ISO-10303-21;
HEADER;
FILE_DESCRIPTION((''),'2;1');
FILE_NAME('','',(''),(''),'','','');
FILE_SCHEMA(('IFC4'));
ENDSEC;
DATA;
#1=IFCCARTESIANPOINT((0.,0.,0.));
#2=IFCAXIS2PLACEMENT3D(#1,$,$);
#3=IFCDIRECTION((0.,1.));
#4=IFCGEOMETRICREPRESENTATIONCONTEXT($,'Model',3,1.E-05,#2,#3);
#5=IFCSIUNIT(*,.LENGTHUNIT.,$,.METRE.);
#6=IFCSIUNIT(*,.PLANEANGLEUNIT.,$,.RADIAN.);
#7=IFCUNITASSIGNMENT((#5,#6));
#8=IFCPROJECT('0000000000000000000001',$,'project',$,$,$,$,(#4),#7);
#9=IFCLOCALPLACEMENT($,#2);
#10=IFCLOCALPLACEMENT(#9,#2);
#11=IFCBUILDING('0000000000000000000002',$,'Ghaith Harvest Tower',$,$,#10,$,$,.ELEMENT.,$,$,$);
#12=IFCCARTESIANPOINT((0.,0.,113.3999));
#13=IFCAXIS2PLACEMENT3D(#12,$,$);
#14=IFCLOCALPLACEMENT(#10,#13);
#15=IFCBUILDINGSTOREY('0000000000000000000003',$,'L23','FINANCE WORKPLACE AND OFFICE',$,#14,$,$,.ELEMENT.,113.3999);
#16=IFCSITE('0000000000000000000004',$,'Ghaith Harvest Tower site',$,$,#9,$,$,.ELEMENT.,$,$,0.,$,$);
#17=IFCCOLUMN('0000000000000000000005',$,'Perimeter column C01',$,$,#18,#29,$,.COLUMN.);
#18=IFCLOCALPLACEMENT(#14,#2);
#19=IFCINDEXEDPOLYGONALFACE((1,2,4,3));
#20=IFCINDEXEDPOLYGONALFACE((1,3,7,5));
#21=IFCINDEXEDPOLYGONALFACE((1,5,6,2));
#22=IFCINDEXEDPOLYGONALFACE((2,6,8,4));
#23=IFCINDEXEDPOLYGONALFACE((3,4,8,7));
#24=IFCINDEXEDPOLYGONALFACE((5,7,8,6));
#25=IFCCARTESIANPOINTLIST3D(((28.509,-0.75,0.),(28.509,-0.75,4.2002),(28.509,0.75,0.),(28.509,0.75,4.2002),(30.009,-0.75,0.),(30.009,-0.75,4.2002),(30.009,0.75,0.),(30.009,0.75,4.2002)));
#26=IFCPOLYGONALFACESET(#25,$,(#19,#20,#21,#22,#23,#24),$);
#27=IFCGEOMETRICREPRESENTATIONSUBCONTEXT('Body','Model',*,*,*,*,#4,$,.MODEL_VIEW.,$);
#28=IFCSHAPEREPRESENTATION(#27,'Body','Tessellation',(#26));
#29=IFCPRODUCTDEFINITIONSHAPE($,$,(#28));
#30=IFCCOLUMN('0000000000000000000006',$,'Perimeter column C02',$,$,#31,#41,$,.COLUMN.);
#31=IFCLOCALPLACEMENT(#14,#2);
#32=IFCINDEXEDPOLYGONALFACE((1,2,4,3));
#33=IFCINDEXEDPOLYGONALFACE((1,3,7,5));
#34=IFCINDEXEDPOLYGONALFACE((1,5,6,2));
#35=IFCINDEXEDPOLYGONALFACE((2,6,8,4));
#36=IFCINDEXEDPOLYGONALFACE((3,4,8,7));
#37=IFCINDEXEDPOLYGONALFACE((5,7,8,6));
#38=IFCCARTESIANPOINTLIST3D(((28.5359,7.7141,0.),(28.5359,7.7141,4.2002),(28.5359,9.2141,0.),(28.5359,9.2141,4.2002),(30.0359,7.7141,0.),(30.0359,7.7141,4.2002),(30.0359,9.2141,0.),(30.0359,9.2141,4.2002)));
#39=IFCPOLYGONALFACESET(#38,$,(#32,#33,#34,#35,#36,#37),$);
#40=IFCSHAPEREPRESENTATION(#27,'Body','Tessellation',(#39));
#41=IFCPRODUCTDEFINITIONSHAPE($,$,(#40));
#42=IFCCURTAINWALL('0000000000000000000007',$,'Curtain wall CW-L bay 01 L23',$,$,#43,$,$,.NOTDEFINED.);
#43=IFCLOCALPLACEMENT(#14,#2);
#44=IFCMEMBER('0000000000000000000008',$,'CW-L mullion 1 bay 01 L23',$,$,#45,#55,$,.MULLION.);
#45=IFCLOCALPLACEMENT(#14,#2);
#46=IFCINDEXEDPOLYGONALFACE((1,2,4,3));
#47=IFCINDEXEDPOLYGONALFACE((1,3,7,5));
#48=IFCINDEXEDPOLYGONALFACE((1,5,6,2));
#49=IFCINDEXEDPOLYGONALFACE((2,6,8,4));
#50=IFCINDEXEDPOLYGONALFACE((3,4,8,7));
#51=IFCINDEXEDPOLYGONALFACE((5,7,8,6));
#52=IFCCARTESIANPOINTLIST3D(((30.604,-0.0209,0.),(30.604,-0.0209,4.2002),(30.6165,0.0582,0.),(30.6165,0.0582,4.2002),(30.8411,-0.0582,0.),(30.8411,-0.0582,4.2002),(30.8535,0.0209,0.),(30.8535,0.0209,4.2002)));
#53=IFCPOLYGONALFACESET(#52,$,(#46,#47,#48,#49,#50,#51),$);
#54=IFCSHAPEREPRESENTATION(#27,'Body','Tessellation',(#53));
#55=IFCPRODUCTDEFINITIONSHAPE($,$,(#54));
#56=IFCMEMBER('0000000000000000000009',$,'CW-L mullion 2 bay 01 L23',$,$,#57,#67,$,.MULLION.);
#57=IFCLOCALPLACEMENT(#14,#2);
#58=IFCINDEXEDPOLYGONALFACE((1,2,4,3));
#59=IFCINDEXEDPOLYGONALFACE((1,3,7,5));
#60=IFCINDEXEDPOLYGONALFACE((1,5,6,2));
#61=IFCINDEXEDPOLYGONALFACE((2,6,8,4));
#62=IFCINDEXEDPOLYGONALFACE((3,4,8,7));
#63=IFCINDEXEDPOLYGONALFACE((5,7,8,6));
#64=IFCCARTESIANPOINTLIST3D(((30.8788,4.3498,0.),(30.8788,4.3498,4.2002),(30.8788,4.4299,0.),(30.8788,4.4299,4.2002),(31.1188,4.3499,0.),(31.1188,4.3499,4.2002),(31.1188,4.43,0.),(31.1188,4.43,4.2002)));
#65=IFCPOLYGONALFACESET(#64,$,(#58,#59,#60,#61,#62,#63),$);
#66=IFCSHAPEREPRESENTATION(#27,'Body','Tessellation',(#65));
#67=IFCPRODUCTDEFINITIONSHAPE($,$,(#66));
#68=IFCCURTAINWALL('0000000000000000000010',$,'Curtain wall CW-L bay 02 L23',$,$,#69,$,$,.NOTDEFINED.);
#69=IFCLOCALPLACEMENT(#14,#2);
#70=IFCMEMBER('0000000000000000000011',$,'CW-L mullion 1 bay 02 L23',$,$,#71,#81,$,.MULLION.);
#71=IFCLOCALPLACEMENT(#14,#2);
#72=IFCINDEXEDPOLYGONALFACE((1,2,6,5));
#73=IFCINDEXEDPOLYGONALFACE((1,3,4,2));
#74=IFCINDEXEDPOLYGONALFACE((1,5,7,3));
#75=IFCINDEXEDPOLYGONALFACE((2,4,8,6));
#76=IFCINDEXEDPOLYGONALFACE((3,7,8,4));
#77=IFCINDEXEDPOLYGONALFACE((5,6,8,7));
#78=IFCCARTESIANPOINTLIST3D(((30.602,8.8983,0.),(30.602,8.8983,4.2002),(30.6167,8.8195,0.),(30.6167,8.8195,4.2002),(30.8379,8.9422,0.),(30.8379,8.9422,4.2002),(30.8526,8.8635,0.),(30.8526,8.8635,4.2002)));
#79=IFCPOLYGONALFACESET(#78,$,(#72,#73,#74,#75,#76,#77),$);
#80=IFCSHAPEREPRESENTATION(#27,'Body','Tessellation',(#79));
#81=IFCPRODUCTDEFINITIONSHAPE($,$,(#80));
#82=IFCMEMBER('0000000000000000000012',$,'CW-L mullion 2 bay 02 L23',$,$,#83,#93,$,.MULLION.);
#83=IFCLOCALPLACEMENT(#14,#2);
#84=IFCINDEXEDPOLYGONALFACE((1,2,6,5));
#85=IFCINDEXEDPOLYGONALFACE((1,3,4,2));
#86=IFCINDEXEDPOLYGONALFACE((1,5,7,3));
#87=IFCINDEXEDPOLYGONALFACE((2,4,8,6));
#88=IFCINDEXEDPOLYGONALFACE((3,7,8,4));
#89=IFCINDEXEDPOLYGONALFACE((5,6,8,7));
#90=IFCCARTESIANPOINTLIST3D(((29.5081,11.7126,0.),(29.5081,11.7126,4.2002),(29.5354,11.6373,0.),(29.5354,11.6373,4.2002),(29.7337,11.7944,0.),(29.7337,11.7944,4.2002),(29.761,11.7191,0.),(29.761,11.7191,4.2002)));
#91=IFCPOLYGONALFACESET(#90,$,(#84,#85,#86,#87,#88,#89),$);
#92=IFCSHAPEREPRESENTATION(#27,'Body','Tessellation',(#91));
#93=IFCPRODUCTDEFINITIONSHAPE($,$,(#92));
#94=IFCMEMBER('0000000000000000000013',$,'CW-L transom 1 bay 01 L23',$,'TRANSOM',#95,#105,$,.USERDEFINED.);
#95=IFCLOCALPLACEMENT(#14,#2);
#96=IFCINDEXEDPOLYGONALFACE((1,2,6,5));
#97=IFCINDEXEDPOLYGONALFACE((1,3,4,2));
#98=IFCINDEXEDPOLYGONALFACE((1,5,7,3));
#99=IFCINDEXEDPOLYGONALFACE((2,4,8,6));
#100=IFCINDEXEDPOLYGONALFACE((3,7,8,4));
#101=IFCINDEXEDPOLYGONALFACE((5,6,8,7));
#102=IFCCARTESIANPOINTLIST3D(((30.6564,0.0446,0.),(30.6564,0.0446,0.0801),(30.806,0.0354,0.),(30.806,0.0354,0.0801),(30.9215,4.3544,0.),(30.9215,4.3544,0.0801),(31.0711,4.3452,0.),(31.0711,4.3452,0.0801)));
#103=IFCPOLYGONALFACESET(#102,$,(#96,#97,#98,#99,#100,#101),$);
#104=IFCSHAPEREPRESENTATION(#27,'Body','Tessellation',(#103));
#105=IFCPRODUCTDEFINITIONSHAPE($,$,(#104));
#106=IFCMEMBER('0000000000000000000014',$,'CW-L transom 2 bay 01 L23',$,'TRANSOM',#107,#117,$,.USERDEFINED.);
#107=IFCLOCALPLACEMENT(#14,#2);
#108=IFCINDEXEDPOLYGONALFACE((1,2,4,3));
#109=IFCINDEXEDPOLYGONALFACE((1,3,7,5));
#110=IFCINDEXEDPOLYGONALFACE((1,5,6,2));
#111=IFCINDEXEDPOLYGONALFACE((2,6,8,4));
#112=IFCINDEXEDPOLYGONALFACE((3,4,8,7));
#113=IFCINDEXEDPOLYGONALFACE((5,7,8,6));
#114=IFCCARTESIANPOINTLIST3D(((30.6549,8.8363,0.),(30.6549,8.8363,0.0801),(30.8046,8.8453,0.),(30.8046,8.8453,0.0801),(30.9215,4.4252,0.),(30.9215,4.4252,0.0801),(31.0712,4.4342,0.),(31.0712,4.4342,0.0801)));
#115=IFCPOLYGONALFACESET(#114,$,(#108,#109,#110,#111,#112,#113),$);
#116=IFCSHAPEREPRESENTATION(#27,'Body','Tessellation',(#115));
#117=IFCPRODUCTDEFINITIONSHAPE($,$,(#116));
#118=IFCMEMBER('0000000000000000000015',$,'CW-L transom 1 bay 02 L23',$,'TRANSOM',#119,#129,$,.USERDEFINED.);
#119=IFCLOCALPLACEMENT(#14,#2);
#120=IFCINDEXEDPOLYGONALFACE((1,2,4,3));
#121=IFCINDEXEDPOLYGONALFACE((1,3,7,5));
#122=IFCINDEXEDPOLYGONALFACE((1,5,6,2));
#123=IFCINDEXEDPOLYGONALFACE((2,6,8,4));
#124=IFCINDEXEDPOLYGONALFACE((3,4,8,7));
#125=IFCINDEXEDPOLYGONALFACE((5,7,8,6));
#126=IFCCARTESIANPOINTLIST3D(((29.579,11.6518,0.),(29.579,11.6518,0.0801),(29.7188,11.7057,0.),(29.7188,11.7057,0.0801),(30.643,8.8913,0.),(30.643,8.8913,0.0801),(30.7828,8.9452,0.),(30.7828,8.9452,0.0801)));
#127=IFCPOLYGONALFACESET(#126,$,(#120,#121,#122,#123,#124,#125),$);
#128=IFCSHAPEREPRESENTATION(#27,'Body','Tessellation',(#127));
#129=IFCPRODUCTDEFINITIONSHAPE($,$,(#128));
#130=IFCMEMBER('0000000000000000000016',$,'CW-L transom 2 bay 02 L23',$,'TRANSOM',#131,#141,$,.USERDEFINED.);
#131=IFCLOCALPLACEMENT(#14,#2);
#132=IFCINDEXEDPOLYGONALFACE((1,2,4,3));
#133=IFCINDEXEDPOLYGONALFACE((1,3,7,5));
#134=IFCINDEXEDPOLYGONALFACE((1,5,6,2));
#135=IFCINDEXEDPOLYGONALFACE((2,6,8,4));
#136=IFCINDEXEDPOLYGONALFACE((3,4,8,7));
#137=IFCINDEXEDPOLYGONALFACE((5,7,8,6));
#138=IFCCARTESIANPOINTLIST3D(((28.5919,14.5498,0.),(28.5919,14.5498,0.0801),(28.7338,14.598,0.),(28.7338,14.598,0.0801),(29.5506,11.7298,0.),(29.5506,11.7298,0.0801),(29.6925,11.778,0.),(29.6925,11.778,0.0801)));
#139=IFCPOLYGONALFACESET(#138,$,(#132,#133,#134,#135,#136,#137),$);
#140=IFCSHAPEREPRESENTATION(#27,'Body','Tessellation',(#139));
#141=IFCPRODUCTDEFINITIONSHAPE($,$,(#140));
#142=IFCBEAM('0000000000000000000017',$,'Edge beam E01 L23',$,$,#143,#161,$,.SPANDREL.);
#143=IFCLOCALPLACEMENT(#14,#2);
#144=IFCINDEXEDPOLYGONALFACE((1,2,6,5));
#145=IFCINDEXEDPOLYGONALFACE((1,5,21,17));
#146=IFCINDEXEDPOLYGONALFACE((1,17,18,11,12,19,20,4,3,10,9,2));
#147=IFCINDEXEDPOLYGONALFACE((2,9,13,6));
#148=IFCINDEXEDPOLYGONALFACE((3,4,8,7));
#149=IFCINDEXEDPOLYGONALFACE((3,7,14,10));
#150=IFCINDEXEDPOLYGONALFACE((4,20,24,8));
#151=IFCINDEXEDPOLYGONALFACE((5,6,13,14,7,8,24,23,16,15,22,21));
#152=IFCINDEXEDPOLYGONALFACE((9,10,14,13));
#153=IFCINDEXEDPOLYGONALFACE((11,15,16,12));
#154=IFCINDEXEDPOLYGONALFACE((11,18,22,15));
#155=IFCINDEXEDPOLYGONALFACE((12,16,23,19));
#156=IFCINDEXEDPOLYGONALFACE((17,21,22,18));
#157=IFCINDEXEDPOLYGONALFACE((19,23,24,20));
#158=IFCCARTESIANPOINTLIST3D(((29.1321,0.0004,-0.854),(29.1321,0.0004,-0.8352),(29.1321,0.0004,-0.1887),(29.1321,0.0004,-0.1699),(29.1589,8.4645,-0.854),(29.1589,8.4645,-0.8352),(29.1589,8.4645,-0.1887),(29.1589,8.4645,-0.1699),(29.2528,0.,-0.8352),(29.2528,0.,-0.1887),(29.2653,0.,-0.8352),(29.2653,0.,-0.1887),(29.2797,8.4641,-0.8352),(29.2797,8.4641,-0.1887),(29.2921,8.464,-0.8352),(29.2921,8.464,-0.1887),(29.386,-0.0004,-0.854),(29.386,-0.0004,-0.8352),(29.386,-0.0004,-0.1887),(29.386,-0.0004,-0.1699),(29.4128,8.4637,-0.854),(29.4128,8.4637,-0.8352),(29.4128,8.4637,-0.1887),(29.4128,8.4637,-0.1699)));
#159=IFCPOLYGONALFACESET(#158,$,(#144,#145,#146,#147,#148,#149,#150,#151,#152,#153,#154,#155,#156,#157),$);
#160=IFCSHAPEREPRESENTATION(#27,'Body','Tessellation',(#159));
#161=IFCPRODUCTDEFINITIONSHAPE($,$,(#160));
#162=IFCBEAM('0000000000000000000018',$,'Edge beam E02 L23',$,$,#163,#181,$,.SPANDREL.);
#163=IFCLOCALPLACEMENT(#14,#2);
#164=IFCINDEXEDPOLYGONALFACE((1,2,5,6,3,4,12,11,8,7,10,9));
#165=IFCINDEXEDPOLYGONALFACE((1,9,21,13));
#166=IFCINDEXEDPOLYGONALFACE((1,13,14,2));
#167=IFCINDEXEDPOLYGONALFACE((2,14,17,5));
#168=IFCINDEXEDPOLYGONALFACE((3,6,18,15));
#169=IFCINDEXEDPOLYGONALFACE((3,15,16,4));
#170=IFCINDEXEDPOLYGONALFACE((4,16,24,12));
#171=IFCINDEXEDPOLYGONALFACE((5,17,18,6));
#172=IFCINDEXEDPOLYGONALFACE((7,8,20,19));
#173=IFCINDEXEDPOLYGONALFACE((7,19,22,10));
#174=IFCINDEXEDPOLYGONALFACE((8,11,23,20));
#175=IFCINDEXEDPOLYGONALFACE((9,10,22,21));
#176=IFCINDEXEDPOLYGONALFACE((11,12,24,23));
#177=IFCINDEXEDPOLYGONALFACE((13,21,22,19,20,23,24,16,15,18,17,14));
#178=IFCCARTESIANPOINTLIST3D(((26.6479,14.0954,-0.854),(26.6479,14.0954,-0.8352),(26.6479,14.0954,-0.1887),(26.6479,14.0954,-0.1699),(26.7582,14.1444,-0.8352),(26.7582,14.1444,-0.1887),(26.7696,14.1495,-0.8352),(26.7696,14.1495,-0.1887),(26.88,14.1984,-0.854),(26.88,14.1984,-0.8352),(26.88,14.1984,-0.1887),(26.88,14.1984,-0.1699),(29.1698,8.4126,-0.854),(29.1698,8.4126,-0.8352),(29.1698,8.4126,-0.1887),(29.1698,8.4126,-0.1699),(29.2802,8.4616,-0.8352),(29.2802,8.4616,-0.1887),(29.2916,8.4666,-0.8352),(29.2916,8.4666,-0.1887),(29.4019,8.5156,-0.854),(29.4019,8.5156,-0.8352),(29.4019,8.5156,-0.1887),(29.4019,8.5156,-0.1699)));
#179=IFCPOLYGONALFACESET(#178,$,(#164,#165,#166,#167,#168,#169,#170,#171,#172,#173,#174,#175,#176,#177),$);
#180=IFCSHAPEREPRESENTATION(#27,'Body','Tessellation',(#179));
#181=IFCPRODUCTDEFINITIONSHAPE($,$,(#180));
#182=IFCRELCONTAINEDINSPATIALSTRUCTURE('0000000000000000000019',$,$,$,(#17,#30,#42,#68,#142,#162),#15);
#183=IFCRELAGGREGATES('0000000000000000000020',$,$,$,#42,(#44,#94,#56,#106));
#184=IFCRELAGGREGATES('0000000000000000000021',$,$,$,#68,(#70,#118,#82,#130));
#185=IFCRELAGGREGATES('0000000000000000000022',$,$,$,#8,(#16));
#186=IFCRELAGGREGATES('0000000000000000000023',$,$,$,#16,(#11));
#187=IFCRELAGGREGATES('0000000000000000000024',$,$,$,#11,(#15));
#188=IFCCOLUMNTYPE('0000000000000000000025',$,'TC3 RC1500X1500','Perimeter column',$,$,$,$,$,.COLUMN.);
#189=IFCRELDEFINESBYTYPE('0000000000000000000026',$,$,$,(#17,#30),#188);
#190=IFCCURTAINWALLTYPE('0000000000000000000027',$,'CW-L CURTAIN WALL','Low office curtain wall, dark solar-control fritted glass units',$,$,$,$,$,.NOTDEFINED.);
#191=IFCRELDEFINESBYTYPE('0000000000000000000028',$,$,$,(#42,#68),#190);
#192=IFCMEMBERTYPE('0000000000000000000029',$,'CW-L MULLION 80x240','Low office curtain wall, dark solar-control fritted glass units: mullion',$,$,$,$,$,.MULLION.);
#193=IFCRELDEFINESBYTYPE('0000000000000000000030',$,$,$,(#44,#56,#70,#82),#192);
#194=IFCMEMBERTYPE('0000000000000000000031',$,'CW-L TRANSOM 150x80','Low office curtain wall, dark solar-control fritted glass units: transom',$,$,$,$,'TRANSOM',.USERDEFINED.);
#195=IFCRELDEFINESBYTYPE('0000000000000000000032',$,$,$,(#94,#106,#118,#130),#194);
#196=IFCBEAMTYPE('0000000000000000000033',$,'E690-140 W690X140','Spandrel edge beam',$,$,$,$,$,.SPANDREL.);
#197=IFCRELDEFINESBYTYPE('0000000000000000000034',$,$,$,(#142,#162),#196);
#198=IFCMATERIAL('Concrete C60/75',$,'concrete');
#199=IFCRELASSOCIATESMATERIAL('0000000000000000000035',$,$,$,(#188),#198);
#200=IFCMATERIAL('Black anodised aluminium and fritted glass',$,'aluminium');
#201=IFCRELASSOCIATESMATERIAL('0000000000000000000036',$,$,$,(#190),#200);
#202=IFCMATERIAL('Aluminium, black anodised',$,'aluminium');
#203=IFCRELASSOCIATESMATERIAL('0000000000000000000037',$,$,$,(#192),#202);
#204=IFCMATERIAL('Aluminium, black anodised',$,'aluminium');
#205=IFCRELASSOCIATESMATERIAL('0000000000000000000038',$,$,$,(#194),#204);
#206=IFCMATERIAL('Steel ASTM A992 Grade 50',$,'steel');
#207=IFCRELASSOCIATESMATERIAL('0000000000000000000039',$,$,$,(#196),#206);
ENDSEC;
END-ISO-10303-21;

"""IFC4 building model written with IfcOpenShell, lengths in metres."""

from ifc_helpers import new_model, si_unit, direction, frame, origin, origin_2d, place, context, subcontext, project, spatial, rectangle, i_section, extrude, material, material_profile, profile_set, type_object, element, aggregate, save


model = new_model("IFC4")

# Units and contexts
model_context = context("Model", 3, precision=1e-05, world=origin(), true_north=direction((0.0, 1.0)))
body_context = subcontext(model_context, "Body", "Model", "MODEL_VIEW")
ifc_project = project(units=[si_unit("LENGTHUNIT", "METRE"), si_unit("PLANEANGLEUNIT", "RADIAN")], contexts=[model_context])

# Site, building, storey
site_placement = place(None, origin())
site = spatial("IfcSite", under=ifc_project, at=site_placement, Name="Ghaith Harvest Tower site", CompositionType="ELEMENT", RefElevation=0.0)
building_placement = place(site_placement, origin())
building = spatial("IfcBuilding", under=site, at=building_placement, Name="Ghaith Harvest Tower", CompositionType="ELEMENT")
storey_placement = place(building_placement, frame((0.0, 0.0, 113.3999)))
storey = spatial("IfcBuildingStorey", under=building, at=storey_placement, Name="L23", Description="FINANCE WORKPLACE AND OFFICE", CompositionType="ELEMENT", Elevation=113.3999)

# Columns
ifc_material_1 = material(Name="Concrete C60/75", Category="concrete")
ifc_material_profile_1 = material_profile(ifc_material_1, rectangle(XDim=1.5, YDim=1.5, at=origin_2d()), Name="RC1500X1500")
ifc_profile_set_1 = profile_set([ifc_material_profile_1], Name="Concrete C60/75")
column_type = type_object("IfcColumnType", Name="TC3 RC1500X1500", Description="Perimeter column", PredefinedType="COLUMN", material=ifc_profile_set_1)
for number, where, z_axis, x_axis, name in (
    (1, (29.259, 0.0, 0.0), (0.0, 0.0, 1.0), (1.0, 0.0, 0.0), "Perimeter column C01"),
    (2, (29.2859, 8.4641, 0.0), (0.0, 0.0, 1.0), (1.0, 0.0, 0.0), "Perimeter column C02"),
):
    element("IfcColumn", number, at=place(storey_placement, frame(where, z_axis=z_axis, x_axis=x_axis)), inside=storey, type_object=column_type, Name=name, PredefinedType="COLUMN", context=body_context, shape_type="SweptSolid", body=[
        extrude(rectangle(XDim=1.5, YDim=1.5, at=origin_2d()), origin(), (0.0, 0.0, 1.0), 4.2002),
    ])

# Curtain walls, members
ifc_material_2 = material(Name="Black anodised aluminium and fritted glass", Category="aluminium")
curtain_wall_type = type_object("IfcCurtainWallType", Name="CW-L CURTAIN WALL", Description="Low office curtain wall, dark solar-control fritted glass units", PredefinedType="NOTDEFINED", material=ifc_material_2)
curtain_wall_1_placement = place(storey_placement, origin())
curtain_wall_1 = element("IfcCurtainWall", 3, at=curtain_wall_1_placement, inside=storey, type_object=curtain_wall_type, Name="Curtain wall CW-L bay 01 L23", PredefinedType="NOTDEFINED")
ifc_material_3 = material(Name="Aluminium, black anodised", Category="aluminium")
ifc_material_profile_2 = material_profile(ifc_material_3, rectangle(XDim=0.0801, YDim=0.24, at=origin_2d()), Name="CW-L MULLION 80x240")
ifc_profile_set_2 = profile_set([ifc_material_profile_2], Name="Aluminium, black anodised")
member_type_1 = type_object("IfcMemberType", Name="CW-L MULLION 80x240", Description="Low office curtain wall, dark solar-control fritted glass units: mullion", PredefinedType="MULLION", material=ifc_profile_set_2)
member_1_placement = place(storey_placement, frame((30.7288, 0.0, 0.0), z_axis=(0.0, 0.0, 1.0), x_axis=(0.155597, 0.987821, 0.0)))
member_1 = element("IfcMember", 4, at=member_1_placement, type_object=member_type_1, Name="CW-L mullion 1 bay 01 L23", PredefinedType="MULLION", context=body_context, shape_type="SweptSolid", body=[
    extrude(rectangle(XDim=0.0801, YDim=0.24, at=origin_2d()), origin(), (0.0, 0.0, 1.0), 4.2002),
])
member_2_placement = place(storey_placement, frame((30.9988, 4.3899, 0.0), z_axis=(0.0, 0.0, 1.0), x_axis=(-0.000162, 1.0, 0.0)))
member_2 = element("IfcMember", 5, at=member_2_placement, type_object=member_type_1, Name="CW-L mullion 2 bay 01 L23", PredefinedType="MULLION", context=body_context, shape_type="SweptSolid", body=[
    extrude(rectangle(XDim=0.0801, YDim=0.24, at=origin_2d()), origin(), (0.0, 0.0, 1.0), 4.2002),
])
curtain_wall_2_placement = place(storey_placement, origin())
curtain_wall_2 = element("IfcCurtainWall", 6, at=curtain_wall_2_placement, inside=storey, type_object=curtain_wall_type, Name="Curtain wall CW-L bay 02 L23", PredefinedType="NOTDEFINED")
member_3_placement = place(storey_placement, frame((30.7273, 8.8809, 0.0), z_axis=(0.0, 0.0, 1.0), x_axis=(-0.18307, 0.9831, 0.0)))
member_3 = element("IfcMember", 7, at=member_3_placement, type_object=member_type_1, Name="CW-L mullion 1 bay 02 L23", PredefinedType="MULLION", context=body_context, shape_type="SweptSolid", body=[
    extrude(rectangle(XDim=0.0801, YDim=0.24, at=origin_2d()), origin(), (0.0, 0.0, 1.0), 4.2002),
])
member_4_placement = place(storey_placement, frame((29.6345, 11.7158, 0.0), z_axis=(0.0, 0.0, 1.0), x_axis=(-0.340771, 0.940146, 0.0)))
member_4 = element("IfcMember", 8, at=member_4_placement, type_object=member_type_1, Name="CW-L mullion 2 bay 02 L23", PredefinedType="MULLION", context=body_context, shape_type="SweptSolid", body=[
    extrude(rectangle(XDim=0.0801, YDim=0.24, at=origin_2d()), origin(), (0.0, 0.0, 1.0), 4.2002),
])

# Members
ifc_material_4 = material(Name="Aluminium, black anodised", Category="aluminium")
ifc_material_profile_3 = material_profile(ifc_material_4, rectangle(XDim=0.1499, YDim=0.0801, at=origin_2d()), Name="CW-L TRANSOM 150x80")
ifc_profile_set_3 = profile_set([ifc_material_profile_3], Name="Aluminium, black anodised")
member_type_2 = type_object("IfcMemberType", Name="CW-L TRANSOM 150x80", Description="Low office curtain wall, dark solar-control fritted glass units: transom", ElementType="TRANSOM", PredefinedType="USERDEFINED", material=ifc_profile_set_3)
member_5_placement = place(storey_placement, frame((30.7312, 0.04, 0.04), z_axis=(0.061403, 0.998113, 0.0), x_axis=(-0.998113, 0.061403, 0.0)))
member_5 = element("IfcMember", 9, at=member_5_placement, type_object=member_type_2, Name="CW-L transom 1 bay 01 L23", ObjectType="TRANSOM", PredefinedType="USERDEFINED", context=body_context, shape_type="SweptSolid", body=[
    extrude(rectangle(XDim=0.1499, YDim=0.0801, at=origin_2d()), origin(), (0.0, 0.0, 1.0), 4.3179),
])
member_6_placement = place(storey_placement, frame((30.9963, 4.4297, 0.04), z_axis=(-0.060328, 0.998179, 0.0), x_axis=(-0.998179, -0.060328, 0.0)))
member_6 = element("IfcMember", 10, at=member_6_placement, type_object=member_type_2, Name="CW-L transom 2 bay 01 L23", ObjectType="TRANSOM", PredefinedType="USERDEFINED", context=body_context, shape_type="SweptSolid", body=[
    extrude(rectangle(XDim=0.1499, YDim=0.0801, at=origin_2d()), origin(), (0.0, 0.0, 1.0), 4.4192),
])
member_7_placement = place(storey_placement, frame((30.7129, 8.9182, 0.04), z_axis=(-0.359637, 0.933092, 0.0), x_axis=(-0.933092, -0.359637, 0.0)))
member_7 = element("IfcMember", 11, at=member_7_placement, type_object=member_type_2, Name="CW-L transom 1 bay 02 L23", ObjectType="TRANSOM", PredefinedType="USERDEFINED", context=body_context, shape_type="SweptSolid", body=[
    extrude(rectangle(XDim=0.1499, YDim=0.0801, at=origin_2d()), origin(), (0.0, 0.0, 1.0), 2.9585),
])
member_8_placement = place(storey_placement, frame((29.6216, 11.7539, 0.04), z_axis=(-0.321878, 0.946781, 0.0), x_axis=(-0.946781, -0.321878, 0.0)))
member_8 = element("IfcMember", 12, at=member_8_placement, type_object=member_type_2, Name="CW-L transom 2 bay 02 L23", ObjectType="TRANSOM", PredefinedType="USERDEFINED", context=body_context, shape_type="SweptSolid", body=[
    extrude(rectangle(XDim=0.1499, YDim=0.0801, at=origin_2d()), origin(), (0.0, 0.0, 1.0), 2.9785),
])

# Beams
ifc_material_5 = material(Name="Steel ASTM A992 Grade 50", Category="steel")
ifc_material_profile_4 = material_profile(ifc_material_5, i_section(OverallWidth=0.2539, OverallDepth=0.6841, WebThickness=0.0125, FlangeThickness=0.0188, at=origin_2d()), Name="W690X140")
ifc_profile_set_4 = profile_set([ifc_material_profile_4], Name="Steel ASTM A992 Grade 50")
beam_type_1 = type_object("IfcBeamType", Name="E690-140 W690X140", Description="Spandrel edge beam", PredefinedType="SPANDREL", material=ifc_profile_set_4)
beam_1_placement = place(storey_placement, frame((29.259, 0.0, -0.512), z_axis=(0.003173, 0.999995, 0.0), x_axis=(-0.999995, 0.003173, 0.0)))
element("IfcBeam", 13, at=beam_1_placement, inside=storey, type_object=beam_type_1, Name="Edge beam E01 L23", PredefinedType="SPANDREL", context=body_context, shape_type="SweptSolid", body=[
    extrude(i_section(OverallWidth=0.2539, OverallDepth=0.6841, WebThickness=0.0125, FlangeThickness=0.0188, at=origin_2d()), origin(), (0.0, 0.0, 1.0), 8.4641),
])
beam_2_placement = place(storey_placement, frame((29.2859, 8.4641, -0.512), z_axis=(-0.405636, 0.914035, 0.0), x_axis=(-0.914035, -0.405636, 0.0)))
element("IfcBeam", 14, at=beam_2_placement, inside=storey, type_object=beam_type_1, Name="Edge beam E02 L23", PredefinedType="SPANDREL", context=body_context, shape_type="SweptSolid", body=[
    extrude(i_section(OverallWidth=0.2539, OverallDepth=0.6841, WebThickness=0.0125, FlangeThickness=0.0188, at=origin_2d()), origin(), (0.0, 0.0, 1.0), 6.2173),
])

aggregate(curtain_wall_1, [member_1, member_5, member_2, member_6])
aggregate(curtain_wall_2, [member_3, member_7, member_4, member_8])

save(model, "model.ifc")
